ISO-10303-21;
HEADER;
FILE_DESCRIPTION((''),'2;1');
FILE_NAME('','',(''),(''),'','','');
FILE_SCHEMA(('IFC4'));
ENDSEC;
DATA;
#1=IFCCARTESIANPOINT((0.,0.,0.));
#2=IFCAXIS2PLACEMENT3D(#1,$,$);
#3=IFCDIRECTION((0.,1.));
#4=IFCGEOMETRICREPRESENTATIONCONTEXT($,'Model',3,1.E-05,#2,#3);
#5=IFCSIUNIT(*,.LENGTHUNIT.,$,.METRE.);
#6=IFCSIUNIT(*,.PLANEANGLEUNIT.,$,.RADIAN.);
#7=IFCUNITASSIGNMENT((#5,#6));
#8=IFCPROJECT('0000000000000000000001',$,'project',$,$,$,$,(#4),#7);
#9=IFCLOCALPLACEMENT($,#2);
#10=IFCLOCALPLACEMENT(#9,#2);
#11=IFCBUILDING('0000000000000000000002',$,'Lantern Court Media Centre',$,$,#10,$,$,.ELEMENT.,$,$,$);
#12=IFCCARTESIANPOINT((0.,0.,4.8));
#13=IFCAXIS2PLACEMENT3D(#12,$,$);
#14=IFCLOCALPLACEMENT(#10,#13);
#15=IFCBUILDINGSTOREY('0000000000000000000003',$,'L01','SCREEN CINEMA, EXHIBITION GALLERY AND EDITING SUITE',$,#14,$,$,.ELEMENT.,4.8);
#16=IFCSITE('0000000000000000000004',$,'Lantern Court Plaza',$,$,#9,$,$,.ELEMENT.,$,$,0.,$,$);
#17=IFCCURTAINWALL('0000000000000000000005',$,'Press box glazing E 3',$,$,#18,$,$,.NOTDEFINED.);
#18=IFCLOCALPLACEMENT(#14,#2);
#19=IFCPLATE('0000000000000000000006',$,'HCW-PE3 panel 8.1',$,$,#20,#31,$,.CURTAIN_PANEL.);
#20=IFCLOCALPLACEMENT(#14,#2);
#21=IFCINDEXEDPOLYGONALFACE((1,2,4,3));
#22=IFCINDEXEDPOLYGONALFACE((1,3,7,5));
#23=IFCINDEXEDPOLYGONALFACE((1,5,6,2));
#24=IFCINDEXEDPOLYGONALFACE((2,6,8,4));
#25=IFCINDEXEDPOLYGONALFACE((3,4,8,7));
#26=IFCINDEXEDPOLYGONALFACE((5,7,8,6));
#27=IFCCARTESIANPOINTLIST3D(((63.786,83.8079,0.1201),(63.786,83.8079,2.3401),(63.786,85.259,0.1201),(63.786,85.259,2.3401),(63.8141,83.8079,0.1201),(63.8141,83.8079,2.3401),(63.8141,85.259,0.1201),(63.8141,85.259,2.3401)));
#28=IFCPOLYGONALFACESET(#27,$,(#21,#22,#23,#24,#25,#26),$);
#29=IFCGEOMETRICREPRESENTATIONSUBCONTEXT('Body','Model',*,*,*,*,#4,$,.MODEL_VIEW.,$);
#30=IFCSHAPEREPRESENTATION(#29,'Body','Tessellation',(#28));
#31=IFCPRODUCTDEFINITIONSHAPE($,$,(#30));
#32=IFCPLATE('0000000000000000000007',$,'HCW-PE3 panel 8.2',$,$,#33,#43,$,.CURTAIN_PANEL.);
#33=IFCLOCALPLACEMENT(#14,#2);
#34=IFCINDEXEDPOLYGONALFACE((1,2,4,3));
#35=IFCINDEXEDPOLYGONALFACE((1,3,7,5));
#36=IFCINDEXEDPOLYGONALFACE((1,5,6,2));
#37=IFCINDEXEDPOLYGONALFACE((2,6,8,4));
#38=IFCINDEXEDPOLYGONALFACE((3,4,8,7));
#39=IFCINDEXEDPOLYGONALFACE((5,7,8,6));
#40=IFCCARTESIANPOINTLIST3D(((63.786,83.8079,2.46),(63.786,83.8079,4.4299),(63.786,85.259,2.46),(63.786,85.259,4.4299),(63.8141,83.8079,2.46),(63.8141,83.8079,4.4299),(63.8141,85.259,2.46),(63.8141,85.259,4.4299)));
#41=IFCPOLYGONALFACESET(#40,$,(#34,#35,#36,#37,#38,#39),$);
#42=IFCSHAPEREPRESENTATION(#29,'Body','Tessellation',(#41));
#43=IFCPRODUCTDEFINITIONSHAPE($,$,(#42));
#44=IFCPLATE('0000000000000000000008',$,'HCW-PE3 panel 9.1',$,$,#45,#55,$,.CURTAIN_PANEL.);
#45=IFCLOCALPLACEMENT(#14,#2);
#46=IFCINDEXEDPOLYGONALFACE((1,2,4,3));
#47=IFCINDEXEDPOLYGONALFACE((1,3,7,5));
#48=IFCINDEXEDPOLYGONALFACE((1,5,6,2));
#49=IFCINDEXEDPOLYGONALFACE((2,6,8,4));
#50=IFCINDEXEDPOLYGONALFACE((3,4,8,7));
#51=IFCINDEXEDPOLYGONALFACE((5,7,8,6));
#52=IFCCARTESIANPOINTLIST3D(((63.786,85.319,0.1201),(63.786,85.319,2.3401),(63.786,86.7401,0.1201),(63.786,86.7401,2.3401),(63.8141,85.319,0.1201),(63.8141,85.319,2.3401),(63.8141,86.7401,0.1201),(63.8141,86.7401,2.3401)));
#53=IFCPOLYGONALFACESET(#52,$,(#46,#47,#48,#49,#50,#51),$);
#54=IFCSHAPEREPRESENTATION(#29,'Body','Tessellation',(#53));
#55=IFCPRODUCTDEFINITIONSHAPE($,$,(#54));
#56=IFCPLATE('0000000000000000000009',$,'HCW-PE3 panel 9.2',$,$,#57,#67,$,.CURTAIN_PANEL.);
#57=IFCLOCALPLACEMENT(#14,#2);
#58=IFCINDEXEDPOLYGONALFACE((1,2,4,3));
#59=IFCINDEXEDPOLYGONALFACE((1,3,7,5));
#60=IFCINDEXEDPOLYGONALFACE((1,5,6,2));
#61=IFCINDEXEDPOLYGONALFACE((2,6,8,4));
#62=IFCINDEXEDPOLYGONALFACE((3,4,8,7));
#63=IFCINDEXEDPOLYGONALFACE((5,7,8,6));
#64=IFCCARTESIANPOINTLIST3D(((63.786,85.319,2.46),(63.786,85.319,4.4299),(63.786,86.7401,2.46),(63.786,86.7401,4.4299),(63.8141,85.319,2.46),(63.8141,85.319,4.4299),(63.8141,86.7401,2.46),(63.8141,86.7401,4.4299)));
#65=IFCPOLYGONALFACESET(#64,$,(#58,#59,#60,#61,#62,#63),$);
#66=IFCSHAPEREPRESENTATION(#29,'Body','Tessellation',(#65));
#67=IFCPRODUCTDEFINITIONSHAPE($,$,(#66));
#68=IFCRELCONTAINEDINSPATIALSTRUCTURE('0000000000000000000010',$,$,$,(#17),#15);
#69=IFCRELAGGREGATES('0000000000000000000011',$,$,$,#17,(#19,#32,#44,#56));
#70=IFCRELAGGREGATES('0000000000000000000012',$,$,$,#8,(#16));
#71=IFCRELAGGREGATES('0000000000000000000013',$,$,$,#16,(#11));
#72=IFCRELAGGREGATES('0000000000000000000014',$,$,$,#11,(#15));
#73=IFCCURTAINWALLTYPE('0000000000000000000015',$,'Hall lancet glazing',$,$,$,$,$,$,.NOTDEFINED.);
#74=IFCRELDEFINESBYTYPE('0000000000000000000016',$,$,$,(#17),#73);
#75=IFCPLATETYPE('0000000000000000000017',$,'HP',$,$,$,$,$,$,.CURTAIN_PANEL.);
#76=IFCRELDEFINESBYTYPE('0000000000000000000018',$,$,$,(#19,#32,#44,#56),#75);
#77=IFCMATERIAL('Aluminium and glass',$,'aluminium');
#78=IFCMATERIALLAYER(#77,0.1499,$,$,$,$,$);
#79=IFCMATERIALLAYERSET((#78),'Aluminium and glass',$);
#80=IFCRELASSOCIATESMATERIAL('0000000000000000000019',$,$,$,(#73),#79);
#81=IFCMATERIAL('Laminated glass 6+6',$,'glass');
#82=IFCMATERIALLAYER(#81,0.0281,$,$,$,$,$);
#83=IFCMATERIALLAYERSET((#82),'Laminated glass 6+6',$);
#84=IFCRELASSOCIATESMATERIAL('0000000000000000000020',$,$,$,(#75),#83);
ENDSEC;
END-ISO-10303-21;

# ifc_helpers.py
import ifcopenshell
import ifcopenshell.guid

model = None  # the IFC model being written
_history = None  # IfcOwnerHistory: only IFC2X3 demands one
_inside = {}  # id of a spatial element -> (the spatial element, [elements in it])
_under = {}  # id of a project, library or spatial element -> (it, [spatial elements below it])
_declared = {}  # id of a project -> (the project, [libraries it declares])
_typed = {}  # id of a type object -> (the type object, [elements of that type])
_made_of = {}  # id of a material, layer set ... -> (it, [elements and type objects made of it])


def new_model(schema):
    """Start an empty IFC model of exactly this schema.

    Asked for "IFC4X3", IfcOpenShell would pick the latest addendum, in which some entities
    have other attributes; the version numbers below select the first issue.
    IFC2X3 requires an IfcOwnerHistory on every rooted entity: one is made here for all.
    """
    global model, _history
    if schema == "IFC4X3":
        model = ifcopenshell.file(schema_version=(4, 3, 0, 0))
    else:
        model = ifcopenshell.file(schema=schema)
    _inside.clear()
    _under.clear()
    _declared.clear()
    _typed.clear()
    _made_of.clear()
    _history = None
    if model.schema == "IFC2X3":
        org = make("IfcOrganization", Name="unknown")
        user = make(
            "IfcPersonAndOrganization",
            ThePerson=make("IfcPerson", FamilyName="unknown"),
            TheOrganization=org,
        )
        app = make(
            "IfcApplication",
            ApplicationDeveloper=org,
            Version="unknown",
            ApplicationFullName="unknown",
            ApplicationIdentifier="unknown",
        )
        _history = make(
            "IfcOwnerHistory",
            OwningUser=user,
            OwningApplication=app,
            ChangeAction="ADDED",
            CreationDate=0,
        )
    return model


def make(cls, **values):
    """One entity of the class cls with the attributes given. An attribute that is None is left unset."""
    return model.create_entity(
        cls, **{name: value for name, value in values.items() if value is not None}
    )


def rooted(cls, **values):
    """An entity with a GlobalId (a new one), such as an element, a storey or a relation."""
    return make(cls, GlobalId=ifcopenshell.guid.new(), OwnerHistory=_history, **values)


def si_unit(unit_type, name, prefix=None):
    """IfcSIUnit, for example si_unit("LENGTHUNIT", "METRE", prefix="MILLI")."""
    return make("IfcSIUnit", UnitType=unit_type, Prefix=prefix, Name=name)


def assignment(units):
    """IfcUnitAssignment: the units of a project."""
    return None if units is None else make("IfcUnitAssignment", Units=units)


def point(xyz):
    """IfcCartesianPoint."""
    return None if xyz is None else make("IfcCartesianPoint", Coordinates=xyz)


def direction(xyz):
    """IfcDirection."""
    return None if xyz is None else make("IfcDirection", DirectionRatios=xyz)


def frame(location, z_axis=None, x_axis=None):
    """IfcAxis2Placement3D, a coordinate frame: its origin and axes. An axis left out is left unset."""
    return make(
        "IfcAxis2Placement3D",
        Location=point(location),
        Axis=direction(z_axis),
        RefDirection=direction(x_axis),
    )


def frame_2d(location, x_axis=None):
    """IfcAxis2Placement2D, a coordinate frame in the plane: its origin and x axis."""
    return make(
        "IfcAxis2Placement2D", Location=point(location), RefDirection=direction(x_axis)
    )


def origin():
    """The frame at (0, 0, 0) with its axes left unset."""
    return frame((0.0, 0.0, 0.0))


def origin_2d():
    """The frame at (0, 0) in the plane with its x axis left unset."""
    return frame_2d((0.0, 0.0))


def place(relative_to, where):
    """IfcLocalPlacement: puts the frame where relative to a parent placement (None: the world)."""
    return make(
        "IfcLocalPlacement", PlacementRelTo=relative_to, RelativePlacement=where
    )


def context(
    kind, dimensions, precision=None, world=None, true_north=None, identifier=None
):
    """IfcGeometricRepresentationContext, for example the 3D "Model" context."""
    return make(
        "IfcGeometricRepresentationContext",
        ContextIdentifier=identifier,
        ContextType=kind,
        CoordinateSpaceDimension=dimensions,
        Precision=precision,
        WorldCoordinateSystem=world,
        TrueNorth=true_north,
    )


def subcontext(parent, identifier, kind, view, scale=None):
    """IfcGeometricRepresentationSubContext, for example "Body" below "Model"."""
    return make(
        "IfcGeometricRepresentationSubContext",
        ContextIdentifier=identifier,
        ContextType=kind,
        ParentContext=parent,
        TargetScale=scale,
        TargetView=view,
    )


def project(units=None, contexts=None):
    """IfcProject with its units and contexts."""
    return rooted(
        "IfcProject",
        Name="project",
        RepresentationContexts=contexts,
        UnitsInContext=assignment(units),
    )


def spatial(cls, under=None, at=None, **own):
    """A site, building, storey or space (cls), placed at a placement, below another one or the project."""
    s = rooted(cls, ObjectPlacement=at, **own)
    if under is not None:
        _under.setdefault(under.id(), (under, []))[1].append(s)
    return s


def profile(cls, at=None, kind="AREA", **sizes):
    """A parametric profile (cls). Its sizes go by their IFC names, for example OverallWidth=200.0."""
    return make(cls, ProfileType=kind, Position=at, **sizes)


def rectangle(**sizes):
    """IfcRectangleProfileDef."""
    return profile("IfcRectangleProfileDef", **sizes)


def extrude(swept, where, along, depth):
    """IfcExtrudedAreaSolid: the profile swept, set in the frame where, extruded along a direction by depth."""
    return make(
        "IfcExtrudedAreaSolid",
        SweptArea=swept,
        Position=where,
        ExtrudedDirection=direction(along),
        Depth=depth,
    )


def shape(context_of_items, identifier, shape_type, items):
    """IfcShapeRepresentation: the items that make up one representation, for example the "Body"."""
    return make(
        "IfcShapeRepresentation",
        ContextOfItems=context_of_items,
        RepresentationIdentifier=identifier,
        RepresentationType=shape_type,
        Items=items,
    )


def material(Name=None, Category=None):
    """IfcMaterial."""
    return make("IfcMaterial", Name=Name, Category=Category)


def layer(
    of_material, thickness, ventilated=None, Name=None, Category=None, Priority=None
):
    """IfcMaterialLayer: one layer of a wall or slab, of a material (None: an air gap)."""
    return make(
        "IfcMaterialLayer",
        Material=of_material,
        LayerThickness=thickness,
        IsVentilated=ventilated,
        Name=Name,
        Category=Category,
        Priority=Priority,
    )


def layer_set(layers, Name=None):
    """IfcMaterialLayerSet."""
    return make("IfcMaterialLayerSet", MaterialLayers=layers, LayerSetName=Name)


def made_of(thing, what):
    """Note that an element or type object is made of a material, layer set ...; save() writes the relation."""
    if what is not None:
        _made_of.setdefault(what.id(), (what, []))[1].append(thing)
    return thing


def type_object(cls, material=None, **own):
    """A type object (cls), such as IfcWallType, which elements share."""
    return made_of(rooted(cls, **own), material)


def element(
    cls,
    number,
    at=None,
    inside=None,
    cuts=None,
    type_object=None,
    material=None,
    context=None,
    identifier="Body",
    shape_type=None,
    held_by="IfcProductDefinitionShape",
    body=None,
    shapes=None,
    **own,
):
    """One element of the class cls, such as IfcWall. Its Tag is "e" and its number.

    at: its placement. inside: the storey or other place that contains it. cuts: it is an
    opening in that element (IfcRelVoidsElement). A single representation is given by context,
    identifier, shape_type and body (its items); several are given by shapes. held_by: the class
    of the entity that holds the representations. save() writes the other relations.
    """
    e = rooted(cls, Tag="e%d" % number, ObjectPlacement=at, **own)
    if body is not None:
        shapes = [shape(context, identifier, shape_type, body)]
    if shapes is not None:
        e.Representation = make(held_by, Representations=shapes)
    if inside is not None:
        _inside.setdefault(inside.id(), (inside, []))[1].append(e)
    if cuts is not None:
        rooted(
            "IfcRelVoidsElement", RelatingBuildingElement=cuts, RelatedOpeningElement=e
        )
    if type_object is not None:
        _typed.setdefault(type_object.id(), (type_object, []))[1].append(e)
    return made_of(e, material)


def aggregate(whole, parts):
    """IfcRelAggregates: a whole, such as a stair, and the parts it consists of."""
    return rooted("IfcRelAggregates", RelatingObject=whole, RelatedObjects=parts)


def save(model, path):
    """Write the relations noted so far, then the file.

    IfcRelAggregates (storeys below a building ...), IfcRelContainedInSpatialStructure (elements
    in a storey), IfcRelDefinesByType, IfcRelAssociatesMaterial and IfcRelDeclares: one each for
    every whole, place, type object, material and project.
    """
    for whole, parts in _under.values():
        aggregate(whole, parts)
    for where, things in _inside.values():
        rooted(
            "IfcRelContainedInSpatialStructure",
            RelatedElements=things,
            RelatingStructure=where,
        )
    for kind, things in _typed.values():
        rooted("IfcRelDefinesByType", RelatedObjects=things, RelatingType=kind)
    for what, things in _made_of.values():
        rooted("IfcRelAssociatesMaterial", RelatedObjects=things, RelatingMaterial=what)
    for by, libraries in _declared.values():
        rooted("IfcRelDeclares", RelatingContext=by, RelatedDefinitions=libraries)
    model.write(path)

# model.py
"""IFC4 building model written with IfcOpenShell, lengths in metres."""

from ifc_helpers import new_model, si_unit, direction, frame, origin, origin_2d, place, context, subcontext, project, spatial, rectangle, extrude, material, layer, layer_set, type_object, element, aggregate, save


model = new_model("IFC4")

# Units and contexts
model_context = context("Model", 3, precision=1e-05, world=origin(), true_north=direction((0.0, 1.0)))
body_context = subcontext(model_context, "Body", "Model", "MODEL_VIEW")
ifc_project = project(units=[si_unit("LENGTHUNIT", "METRE"), si_unit("PLANEANGLEUNIT", "RADIAN")], contexts=[model_context])

# Site, building, storey
site_placement = place(None, origin())
site = spatial("IfcSite", under=ifc_project, at=site_placement, Name="Lantern Court Plaza", CompositionType="ELEMENT", RefElevation=0.0)
building_placement = place(site_placement, origin())
building = spatial("IfcBuilding", under=site, at=building_placement, Name="Lantern Court Media Centre", CompositionType="ELEMENT")
storey_placement = place(building_placement, frame((0.0, 0.0, 4.8)))
storey = spatial("IfcBuildingStorey", under=building, at=storey_placement, Name="L01", Description="SCREEN CINEMA, EXHIBITION GALLERY AND EDITING SUITE", CompositionType="ELEMENT", Elevation=4.8)

# Curtain wall, plates
ifc_material_1 = material(Name="Aluminium and glass", Category="aluminium")
ifc_layer_1 = layer(ifc_material_1, 0.1499)
ifc_layer_set_1 = layer_set([ifc_layer_1], Name="Aluminium and glass")
curtain_wall_type = type_object("IfcCurtainWallType", Name="Hall lancet glazing", PredefinedType="NOTDEFINED", material=ifc_layer_set_1)
curtain_wall_placement = place(storey_placement, origin())
curtain_wall = element("IfcCurtainWall", 1, at=curtain_wall_placement, inside=storey, type_object=curtain_wall_type, Name="Press box glazing E 3", PredefinedType="NOTDEFINED")
ifc_material_2 = material(Name="Laminated glass 6+6", Category="glass")
ifc_layer_2 = layer(ifc_material_2, 0.0281)
ifc_layer_set_2 = layer_set([ifc_layer_2], Name="Laminated glass 6+6")
plate_type = type_object("IfcPlateType", Name="HP", PredefinedType="CURTAIN_PANEL", material=ifc_layer_set_2)
plate_1_placement = place(storey_placement, frame((63.8, 84.5334, 0.1201), z_axis=(0.0, 0.0, 1.0), x_axis=(0.0, 1.0, 0.0)))
plate_1 = element("IfcPlate", 2, at=plate_1_placement, type_object=plate_type, Name="HCW-PE3 panel 8.1", PredefinedType="CURTAIN_PANEL", context=body_context, shape_type="SweptSolid", body=[
    extrude(rectangle(XDim=1.4512, YDim=0.0281, at=origin_2d()), origin(), (0.0, 0.0, 1.0), 2.22),
])
plate_2_placement = place(storey_placement, frame((63.8, 84.5334, 2.46), z_axis=(0.0, 0.0, 1.0), x_axis=(0.0, 1.0, 0.0)))
plate_2 = element("IfcPlate", 3, at=plate_2_placement, type_object=plate_type, Name="HCW-PE3 panel 8.2", PredefinedType="CURTAIN_PANEL", context=body_context, shape_type="SweptSolid", body=[
    extrude(rectangle(XDim=1.4512, YDim=0.0281, at=origin_2d()), origin(), (0.0, 0.0, 1.0), 1.97),
])
plate_3_placement = place(storey_placement, frame((63.8, 86.0295, 0.1201), z_axis=(0.0, 0.0, 1.0), x_axis=(0.0, 1.0, 0.0)))
plate_3 = element("IfcPlate", 4, at=plate_3_placement, type_object=plate_type, Name="HCW-PE3 panel 9.1", PredefinedType="CURTAIN_PANEL", context=body_context, shape_type="SweptSolid", body=[
    extrude(rectangle(XDim=1.4211, YDim=0.0281, at=origin_2d()), origin(), (0.0, 0.0, 1.0), 2.22),
])
plate_4_placement = place(storey_placement, frame((63.8, 86.0295, 2.46), z_axis=(0.0, 0.0, 1.0), x_axis=(0.0, 1.0, 0.0)))
plate_4 = element("IfcPlate", 5, at=plate_4_placement, type_object=plate_type, Name="HCW-PE3 panel 9.2", PredefinedType="CURTAIN_PANEL", context=body_context, shape_type="SweptSolid", body=[
    extrude(rectangle(XDim=1.4211, YDim=0.0281, at=origin_2d()), origin(), (0.0, 0.0, 1.0), 1.97),
])
aggregate(curtain_wall, [plate_1, plate_2, plate_3, plate_4])

save(model, "model.ifc")
